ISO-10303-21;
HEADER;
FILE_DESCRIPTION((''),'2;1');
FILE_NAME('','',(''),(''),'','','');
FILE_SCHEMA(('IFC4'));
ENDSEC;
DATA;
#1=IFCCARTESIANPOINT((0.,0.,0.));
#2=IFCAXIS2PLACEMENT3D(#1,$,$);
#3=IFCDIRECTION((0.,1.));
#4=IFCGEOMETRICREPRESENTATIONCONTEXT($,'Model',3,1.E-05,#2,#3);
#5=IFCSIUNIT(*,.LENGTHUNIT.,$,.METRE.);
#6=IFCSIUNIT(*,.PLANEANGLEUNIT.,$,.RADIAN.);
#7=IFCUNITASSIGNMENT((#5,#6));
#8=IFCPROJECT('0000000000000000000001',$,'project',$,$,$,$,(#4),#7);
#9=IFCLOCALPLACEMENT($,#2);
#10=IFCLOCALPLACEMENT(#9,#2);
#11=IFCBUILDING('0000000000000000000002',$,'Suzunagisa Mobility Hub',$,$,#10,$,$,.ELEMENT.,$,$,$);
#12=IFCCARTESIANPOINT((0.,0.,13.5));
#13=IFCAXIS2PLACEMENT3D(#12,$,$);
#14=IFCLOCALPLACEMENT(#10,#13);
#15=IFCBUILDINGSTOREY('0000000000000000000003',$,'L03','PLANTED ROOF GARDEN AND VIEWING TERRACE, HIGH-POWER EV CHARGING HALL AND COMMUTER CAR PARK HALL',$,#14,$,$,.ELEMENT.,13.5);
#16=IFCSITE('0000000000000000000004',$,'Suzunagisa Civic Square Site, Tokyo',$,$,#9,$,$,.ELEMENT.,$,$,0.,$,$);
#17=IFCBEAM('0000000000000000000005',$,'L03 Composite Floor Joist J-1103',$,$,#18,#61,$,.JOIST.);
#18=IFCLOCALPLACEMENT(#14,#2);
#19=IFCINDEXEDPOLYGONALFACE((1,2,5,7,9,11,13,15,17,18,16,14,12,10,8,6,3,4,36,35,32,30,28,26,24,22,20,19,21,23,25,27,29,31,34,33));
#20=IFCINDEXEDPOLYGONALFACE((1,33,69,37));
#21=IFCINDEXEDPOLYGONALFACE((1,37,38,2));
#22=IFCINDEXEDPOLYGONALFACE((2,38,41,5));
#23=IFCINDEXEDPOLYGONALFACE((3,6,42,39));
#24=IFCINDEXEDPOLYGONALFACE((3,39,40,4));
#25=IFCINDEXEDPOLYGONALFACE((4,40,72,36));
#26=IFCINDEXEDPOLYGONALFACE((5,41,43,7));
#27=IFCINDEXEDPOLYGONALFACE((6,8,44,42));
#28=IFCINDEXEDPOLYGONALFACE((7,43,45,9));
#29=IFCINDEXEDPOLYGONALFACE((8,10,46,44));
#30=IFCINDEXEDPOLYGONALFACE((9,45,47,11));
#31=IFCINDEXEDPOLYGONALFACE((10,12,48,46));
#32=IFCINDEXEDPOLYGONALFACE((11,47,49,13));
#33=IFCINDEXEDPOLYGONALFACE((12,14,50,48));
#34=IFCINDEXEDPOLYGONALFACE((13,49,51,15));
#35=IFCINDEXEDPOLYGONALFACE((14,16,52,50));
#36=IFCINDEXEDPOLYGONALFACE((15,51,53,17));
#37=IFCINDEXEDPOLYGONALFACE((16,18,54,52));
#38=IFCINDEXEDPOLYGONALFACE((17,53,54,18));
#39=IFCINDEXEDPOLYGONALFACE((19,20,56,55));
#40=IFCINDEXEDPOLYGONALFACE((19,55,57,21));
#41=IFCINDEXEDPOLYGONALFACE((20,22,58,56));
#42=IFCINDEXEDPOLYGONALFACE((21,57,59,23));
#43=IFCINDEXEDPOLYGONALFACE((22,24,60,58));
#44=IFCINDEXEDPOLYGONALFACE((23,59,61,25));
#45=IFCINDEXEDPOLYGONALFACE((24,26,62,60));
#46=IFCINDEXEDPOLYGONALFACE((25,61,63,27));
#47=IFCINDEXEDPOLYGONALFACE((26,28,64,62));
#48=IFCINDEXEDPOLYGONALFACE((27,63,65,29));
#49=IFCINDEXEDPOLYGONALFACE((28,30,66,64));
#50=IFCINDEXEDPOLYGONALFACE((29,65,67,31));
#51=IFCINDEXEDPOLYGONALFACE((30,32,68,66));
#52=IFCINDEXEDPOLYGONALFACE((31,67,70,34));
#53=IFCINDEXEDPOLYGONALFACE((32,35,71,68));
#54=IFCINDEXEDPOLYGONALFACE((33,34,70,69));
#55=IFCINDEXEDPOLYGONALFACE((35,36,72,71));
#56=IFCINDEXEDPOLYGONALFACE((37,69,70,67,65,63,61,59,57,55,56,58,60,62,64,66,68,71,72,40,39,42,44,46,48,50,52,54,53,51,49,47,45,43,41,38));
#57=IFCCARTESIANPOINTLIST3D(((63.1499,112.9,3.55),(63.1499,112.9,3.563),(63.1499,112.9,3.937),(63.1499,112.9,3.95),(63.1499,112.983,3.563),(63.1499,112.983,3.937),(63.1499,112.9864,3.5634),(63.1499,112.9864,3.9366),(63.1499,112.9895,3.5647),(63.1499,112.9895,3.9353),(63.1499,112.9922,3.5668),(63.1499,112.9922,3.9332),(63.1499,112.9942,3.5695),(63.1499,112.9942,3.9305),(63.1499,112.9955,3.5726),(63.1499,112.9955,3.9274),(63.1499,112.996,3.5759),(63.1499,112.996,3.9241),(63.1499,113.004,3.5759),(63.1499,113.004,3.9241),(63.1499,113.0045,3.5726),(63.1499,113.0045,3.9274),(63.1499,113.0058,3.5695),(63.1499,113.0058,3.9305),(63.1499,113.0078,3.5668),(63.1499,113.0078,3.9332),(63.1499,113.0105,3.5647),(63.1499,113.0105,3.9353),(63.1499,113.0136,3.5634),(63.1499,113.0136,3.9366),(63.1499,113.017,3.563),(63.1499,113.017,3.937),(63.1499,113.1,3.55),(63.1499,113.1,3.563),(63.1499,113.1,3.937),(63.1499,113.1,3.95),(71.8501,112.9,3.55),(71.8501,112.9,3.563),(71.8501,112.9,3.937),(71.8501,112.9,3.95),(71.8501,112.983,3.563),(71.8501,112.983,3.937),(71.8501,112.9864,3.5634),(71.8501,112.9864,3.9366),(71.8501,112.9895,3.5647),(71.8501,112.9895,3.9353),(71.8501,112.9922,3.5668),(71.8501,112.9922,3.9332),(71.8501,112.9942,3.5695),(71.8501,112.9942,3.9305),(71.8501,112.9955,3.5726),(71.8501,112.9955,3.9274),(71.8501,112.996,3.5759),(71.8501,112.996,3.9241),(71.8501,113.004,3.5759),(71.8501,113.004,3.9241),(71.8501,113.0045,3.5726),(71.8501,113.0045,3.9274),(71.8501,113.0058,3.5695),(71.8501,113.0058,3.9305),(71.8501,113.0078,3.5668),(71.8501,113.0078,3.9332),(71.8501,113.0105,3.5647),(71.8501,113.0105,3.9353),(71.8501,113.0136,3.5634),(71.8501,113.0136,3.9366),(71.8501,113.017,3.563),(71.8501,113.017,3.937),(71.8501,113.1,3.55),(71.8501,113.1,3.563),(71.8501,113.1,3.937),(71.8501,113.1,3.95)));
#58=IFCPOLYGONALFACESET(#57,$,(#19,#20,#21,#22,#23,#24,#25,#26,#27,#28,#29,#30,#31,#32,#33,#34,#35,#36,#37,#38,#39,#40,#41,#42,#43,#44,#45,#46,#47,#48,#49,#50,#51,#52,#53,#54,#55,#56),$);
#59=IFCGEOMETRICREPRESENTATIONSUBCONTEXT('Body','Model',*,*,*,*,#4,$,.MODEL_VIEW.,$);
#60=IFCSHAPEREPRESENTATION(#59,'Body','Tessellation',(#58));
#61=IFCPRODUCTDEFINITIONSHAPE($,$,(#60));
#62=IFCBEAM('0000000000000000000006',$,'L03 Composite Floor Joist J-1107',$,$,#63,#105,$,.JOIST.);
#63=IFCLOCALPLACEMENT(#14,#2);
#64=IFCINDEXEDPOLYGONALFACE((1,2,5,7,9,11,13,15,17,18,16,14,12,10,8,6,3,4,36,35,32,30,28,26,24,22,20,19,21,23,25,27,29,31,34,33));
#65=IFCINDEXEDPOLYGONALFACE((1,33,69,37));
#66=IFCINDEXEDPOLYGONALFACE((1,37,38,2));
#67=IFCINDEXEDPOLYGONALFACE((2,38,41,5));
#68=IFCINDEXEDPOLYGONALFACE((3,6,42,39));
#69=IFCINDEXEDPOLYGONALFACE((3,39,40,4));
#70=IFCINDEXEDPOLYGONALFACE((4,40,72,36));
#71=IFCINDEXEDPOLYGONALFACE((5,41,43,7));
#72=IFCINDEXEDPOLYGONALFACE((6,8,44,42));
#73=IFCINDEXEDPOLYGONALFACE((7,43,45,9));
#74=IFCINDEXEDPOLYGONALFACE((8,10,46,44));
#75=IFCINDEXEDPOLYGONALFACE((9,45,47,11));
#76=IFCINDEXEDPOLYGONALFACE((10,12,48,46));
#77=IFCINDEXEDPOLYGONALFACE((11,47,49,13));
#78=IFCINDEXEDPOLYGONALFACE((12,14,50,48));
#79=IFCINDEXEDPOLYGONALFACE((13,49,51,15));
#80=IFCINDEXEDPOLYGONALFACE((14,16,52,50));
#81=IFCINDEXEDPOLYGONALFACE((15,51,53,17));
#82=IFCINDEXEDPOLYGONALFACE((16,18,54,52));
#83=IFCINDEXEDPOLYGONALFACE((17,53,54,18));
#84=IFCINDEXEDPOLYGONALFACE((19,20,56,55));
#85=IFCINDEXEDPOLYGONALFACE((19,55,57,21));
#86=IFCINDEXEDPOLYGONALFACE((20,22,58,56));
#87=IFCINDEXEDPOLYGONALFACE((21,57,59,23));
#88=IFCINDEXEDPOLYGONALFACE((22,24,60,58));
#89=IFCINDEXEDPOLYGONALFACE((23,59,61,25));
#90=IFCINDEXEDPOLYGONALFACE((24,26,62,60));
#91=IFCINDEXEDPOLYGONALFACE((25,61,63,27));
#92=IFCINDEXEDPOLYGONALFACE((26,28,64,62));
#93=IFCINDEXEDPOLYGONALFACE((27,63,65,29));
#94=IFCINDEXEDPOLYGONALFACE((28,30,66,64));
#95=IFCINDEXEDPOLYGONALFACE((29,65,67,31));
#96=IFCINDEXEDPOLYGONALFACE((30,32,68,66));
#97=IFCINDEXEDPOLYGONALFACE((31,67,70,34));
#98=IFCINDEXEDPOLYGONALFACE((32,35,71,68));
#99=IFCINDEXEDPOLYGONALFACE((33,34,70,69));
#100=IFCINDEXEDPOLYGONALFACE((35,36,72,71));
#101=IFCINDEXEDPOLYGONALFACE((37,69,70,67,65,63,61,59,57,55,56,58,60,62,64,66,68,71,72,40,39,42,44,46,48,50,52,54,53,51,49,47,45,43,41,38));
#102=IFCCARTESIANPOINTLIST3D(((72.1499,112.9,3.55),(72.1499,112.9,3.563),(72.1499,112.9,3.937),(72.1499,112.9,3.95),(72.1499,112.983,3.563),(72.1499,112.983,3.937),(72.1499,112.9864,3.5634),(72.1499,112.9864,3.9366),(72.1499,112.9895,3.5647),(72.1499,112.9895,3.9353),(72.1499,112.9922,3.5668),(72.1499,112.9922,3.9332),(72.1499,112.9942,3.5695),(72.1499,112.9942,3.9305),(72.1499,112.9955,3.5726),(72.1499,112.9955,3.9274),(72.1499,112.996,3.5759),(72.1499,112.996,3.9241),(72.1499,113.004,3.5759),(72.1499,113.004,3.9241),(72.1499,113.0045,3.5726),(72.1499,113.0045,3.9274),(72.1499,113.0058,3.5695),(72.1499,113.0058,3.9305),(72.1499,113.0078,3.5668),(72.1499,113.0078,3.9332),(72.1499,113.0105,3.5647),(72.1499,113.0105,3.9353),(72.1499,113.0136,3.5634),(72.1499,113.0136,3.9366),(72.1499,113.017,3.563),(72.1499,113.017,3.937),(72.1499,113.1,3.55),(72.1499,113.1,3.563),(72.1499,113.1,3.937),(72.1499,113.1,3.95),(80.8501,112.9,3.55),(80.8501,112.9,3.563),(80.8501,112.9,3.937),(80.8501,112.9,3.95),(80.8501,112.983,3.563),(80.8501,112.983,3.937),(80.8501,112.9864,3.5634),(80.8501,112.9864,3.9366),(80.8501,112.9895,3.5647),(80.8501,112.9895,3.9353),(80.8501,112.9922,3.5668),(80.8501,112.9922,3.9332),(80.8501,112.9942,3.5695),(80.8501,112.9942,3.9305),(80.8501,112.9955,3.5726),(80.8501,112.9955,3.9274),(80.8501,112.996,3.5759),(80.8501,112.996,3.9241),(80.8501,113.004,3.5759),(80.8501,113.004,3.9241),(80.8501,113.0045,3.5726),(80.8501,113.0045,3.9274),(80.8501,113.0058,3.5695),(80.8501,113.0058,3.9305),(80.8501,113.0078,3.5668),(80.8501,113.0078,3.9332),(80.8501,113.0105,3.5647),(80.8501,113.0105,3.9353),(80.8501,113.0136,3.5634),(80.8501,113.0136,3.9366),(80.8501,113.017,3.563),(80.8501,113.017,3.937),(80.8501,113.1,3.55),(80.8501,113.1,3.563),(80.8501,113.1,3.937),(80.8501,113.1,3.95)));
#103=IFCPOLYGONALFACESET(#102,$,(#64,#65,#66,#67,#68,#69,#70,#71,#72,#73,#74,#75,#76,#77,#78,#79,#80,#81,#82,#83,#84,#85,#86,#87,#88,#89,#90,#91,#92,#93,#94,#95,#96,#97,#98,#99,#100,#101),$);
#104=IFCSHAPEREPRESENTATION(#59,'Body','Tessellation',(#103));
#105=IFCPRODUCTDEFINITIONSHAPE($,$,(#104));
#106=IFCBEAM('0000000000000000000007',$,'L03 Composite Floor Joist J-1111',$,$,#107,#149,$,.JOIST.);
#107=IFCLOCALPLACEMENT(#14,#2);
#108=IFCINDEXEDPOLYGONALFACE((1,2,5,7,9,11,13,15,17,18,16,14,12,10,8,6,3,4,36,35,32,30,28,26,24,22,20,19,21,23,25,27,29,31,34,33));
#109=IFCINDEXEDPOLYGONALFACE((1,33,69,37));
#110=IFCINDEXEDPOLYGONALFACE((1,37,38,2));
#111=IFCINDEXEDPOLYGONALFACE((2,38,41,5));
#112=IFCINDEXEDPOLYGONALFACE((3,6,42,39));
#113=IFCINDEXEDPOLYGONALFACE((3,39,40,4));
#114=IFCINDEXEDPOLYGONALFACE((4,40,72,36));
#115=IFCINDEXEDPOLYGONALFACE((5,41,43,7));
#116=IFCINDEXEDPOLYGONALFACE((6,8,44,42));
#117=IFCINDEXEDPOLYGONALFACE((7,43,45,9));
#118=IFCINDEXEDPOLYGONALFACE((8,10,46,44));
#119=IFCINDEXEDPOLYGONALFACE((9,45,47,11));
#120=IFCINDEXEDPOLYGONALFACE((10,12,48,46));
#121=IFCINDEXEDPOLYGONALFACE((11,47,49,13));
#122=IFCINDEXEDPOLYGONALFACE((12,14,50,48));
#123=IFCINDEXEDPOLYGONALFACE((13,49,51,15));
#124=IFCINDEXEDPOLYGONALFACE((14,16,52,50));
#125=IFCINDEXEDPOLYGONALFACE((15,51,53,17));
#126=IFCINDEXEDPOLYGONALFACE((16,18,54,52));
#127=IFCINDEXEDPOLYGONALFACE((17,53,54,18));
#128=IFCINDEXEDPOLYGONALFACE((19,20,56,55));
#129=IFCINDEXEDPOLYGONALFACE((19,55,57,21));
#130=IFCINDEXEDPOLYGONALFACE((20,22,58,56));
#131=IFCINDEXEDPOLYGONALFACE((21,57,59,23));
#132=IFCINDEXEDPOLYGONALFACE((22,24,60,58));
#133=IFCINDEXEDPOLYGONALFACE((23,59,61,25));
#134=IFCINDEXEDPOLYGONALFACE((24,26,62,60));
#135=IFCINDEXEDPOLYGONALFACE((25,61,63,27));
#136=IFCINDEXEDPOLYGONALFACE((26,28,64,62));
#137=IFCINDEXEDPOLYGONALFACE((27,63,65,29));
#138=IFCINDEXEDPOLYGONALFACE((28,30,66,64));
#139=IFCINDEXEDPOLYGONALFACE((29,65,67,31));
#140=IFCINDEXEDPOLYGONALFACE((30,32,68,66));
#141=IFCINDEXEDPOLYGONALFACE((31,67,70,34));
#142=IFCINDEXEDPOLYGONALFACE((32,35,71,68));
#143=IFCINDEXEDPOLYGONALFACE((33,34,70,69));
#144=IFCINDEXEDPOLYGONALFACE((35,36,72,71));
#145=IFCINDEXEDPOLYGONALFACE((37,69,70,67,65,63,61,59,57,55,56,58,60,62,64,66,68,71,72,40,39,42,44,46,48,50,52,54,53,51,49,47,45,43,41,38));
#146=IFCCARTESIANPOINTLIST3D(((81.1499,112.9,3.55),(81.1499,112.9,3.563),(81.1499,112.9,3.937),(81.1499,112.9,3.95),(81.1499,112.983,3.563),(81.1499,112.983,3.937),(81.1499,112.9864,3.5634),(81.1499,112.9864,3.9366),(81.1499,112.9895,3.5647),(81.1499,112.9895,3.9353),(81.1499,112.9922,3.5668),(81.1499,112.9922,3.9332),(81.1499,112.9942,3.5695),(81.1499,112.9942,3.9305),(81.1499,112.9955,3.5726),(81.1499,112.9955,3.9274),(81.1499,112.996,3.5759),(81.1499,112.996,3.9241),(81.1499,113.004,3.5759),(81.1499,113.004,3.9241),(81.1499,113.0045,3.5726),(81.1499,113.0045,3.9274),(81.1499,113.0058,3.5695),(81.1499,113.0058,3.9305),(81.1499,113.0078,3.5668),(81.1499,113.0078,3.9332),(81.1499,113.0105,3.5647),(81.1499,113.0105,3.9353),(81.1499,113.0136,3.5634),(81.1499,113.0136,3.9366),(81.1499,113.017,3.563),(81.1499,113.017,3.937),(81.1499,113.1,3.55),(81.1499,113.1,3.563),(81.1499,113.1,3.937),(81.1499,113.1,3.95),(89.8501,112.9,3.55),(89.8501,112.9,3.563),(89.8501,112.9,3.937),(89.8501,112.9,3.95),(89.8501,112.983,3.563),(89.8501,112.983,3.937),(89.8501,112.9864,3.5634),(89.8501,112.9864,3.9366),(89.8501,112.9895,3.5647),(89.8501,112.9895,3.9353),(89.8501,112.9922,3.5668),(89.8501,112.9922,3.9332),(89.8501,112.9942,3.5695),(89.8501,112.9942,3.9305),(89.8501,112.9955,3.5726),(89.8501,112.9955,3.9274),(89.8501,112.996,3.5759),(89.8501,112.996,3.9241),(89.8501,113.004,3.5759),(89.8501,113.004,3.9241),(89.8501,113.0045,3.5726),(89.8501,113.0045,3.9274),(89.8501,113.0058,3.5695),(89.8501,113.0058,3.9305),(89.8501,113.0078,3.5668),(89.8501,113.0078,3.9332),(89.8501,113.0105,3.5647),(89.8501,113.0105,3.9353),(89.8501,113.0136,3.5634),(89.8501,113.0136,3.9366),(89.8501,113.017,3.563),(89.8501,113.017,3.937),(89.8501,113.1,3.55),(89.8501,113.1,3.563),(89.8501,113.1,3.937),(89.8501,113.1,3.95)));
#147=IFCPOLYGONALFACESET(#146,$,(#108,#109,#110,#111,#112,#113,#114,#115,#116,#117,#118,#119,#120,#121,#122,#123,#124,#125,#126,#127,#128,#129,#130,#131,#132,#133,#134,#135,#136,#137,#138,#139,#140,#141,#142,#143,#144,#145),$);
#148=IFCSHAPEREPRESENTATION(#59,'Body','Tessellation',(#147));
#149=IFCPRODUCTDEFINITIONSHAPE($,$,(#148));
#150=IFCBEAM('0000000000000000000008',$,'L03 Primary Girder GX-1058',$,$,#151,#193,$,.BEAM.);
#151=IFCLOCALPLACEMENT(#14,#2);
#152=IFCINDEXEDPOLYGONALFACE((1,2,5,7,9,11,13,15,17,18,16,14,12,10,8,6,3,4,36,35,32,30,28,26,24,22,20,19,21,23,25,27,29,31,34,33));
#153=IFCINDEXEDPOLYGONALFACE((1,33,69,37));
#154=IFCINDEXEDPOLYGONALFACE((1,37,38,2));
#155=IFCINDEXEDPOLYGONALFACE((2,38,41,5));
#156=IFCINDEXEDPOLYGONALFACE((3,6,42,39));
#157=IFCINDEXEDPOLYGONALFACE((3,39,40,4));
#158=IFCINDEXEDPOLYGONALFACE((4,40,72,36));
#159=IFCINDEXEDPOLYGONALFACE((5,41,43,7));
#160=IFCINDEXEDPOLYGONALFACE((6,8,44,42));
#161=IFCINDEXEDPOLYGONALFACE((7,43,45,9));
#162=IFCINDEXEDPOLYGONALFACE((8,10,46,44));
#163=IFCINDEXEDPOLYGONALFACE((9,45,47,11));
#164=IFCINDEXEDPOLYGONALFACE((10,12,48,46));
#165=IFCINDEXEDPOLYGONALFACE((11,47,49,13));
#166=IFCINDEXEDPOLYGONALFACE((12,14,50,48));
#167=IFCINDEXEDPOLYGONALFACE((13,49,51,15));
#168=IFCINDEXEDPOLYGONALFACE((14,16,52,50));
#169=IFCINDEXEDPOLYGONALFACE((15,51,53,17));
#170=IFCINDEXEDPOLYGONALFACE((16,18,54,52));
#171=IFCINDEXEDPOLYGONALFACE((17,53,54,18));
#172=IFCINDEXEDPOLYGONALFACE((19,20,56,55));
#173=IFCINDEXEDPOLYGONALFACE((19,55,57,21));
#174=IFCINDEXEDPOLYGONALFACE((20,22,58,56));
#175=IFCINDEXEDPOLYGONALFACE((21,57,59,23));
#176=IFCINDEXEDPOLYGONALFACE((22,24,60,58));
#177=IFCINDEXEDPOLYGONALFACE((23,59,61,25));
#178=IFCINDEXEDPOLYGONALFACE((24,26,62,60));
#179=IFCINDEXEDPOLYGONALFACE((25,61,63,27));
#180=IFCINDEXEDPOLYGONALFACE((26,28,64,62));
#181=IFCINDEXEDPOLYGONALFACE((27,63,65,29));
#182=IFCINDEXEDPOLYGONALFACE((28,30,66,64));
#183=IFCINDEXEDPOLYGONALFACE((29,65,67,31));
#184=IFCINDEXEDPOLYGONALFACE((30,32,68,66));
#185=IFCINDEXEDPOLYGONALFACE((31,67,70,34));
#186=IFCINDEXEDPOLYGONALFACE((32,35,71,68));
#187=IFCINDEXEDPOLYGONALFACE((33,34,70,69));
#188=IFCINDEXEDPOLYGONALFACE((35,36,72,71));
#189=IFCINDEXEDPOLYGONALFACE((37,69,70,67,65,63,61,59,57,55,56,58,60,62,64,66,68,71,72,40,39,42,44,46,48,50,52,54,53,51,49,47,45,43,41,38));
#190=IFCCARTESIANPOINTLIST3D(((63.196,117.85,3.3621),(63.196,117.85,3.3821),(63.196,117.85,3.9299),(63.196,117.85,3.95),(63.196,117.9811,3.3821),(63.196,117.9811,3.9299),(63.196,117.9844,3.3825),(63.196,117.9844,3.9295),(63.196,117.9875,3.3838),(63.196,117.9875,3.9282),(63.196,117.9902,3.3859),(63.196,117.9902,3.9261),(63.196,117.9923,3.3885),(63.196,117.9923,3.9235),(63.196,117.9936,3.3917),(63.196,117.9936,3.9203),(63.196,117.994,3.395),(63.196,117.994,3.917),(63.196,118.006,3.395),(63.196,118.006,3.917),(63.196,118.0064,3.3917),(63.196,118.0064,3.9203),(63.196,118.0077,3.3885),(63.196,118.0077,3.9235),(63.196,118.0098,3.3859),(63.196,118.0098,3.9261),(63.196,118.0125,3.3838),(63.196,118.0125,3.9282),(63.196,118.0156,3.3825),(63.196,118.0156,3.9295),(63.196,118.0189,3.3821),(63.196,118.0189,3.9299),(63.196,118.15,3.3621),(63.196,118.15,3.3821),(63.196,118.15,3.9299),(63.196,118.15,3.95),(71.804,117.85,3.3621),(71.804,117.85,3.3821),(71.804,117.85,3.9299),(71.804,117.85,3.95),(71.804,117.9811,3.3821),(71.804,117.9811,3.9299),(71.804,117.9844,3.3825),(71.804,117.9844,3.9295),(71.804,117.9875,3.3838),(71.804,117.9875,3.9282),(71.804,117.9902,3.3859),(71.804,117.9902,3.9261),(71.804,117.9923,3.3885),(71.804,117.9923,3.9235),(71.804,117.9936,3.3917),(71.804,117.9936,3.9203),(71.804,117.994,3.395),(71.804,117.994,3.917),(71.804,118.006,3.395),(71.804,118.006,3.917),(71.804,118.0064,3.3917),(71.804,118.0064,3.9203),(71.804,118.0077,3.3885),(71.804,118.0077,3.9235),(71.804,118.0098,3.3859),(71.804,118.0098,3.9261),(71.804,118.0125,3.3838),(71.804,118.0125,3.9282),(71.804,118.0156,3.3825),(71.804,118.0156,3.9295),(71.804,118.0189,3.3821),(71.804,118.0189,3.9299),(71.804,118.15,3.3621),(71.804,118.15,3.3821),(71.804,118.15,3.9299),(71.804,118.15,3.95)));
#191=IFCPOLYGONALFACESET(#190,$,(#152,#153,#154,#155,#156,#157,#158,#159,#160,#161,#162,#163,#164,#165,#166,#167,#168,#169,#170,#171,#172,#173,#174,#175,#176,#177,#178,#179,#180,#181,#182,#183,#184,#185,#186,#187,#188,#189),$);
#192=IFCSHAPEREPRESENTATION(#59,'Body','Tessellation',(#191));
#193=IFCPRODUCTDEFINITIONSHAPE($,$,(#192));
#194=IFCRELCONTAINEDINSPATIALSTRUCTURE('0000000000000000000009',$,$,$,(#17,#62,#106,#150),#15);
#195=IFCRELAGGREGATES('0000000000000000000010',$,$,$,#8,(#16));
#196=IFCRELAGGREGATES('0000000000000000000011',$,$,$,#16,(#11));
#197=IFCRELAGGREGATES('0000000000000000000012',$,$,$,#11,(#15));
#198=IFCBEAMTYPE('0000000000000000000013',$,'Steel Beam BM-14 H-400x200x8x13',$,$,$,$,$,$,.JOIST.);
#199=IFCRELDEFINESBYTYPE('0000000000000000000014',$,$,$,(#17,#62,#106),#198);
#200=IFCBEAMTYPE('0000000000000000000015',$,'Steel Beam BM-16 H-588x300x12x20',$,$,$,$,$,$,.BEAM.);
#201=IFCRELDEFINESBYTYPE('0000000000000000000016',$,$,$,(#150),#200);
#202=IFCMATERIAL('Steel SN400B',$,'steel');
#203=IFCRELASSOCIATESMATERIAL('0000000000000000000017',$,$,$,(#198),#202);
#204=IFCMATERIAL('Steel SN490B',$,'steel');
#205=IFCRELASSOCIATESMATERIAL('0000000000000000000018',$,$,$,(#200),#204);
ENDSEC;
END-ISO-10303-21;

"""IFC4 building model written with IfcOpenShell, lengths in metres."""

from ifc_helpers import new_model, si_unit, direction, frame, origin, origin_2d, place, context, subcontext, project, spatial, i_section, extrude, material, material_profile, profile_set, type_object, element, save


model = new_model("IFC4")

# Units and contexts
model_context = context("Model", 3, precision=1e-05, world=origin(), true_north=direction((0.0, 1.0)))
body_context = subcontext(model_context, "Body", "Model", "MODEL_VIEW")
ifc_project = project(units=[si_unit("LENGTHUNIT", "METRE"), si_unit("PLANEANGLEUNIT", "RADIAN")], contexts=[model_context])

# Site, building, storey
site_placement = place(None, origin())
site = spatial("IfcSite", under=ifc_project, at=site_placement, Name="Suzunagisa Civic Square Site, Tokyo", CompositionType="ELEMENT", RefElevation=0.0)
building_placement = place(site_placement, origin())
building = spatial("IfcBuilding", under=site, at=building_placement, Name="Suzunagisa Mobility Hub", CompositionType="ELEMENT")
storey_placement = place(building_placement, frame((0.0, 0.0, 13.5)))
storey = spatial("IfcBuildingStorey", under=building, at=storey_placement, Name="L03", Description="PLANTED ROOF GARDEN AND VIEWING TERRACE, HIGH-POWER EV CHARGING HALL AND COMMUTER CAR PARK HALL", CompositionType="ELEMENT", Elevation=13.5)

# Shared definitions
ifc_material_1 = material(Name="Steel SN490B", Category="steel")

# Beams
ifc_material_2 = material(Name="Steel SN400B", Category="steel")
ifc_material_profile_1 = material_profile(ifc_material_2, i_section(OverallWidth=0.2, OverallDepth=0.3999, WebThickness=0.0081, FlangeThickness=0.0129, FilletRadius=0.0129, at=origin_2d()), Name="H-400x200x8x13")
ifc_profile_set_1 = profile_set([ifc_material_profile_1], Name="Steel SN400B")
beam_type_1 = type_object("IfcBeamType", Name="Steel Beam BM-14 H-400x200x8x13", PredefinedType="JOIST", material=ifc_profile_set_1)
for number, where, z_axis, x_axis, name in (
    (1, (63.1499, 113.0, 3.75), (1.0, 0.0, 0.0), (0.0, 1.0, 0.0), "L03 Composite Floor Joist J-1103"),
    (2, (72.1499, 113.0, 3.75), (1.0, 0.0, 0.0), (0.0, 1.0, 0.0), "L03 Composite Floor Joist J-1107"),
    (3, (81.1499, 113.0, 3.75), (1.0, 0.0, 0.0), (0.0, 1.0, 0.0), "L03 Composite Floor Joist J-1111"),
):
    element("IfcBeam", number, at=place(storey_placement, frame(where, z_axis=z_axis, x_axis=x_axis)), inside=storey, type_object=beam_type_1, Name=name, PredefinedType="JOIST", context=body_context, shape_type="SweptSolid", body=[
        extrude(i_section(OverallWidth=0.2, OverallDepth=0.3999, WebThickness=0.0081, FlangeThickness=0.0129, FilletRadius=0.0129, at=origin_2d()), origin(), (0.0, 0.0, 1.0), 8.7002),
    ])
ifc_material_profile_2 = material_profile(ifc_material_1, i_section(OverallWidth=0.3, OverallDepth=0.5879, WebThickness=0.012, FlangeThickness=0.02, FilletRadius=0.0129, at=origin_2d()), Name="H-588x300x12x20")
ifc_profile_set_2 = profile_set([ifc_material_profile_2], Name="Steel SN490B")
beam_type_2 = type_object("IfcBeamType", Name="Steel Beam BM-16 H-588x300x12x20", PredefinedType="BEAM", material=ifc_profile_set_2)
for number, where, z_axis, x_axis, name in (
    (4, (63.196, 118.0, 3.656), (1.0, 0.0, 0.0), (0.0, 1.0, 0.0), "L03 Primary Girder GX-1058"),
):
    element("IfcBeam", number, at=place(storey_placement, frame(where, z_axis=z_axis, x_axis=x_axis)), inside=storey, type_object=beam_type_2, Name=name, PredefinedType="BEAM", context=body_context, shape_type="SweptSolid", body=[
        extrude(i_section(OverallWidth=0.3, OverallDepth=0.5879, WebThickness=0.012, FlangeThickness=0.02, FilletRadius=0.0129, at=origin_2d()), origin(), (0.0, 0.0, 1.0), 8.6079),
    ])

save(model, "model.ifc")
